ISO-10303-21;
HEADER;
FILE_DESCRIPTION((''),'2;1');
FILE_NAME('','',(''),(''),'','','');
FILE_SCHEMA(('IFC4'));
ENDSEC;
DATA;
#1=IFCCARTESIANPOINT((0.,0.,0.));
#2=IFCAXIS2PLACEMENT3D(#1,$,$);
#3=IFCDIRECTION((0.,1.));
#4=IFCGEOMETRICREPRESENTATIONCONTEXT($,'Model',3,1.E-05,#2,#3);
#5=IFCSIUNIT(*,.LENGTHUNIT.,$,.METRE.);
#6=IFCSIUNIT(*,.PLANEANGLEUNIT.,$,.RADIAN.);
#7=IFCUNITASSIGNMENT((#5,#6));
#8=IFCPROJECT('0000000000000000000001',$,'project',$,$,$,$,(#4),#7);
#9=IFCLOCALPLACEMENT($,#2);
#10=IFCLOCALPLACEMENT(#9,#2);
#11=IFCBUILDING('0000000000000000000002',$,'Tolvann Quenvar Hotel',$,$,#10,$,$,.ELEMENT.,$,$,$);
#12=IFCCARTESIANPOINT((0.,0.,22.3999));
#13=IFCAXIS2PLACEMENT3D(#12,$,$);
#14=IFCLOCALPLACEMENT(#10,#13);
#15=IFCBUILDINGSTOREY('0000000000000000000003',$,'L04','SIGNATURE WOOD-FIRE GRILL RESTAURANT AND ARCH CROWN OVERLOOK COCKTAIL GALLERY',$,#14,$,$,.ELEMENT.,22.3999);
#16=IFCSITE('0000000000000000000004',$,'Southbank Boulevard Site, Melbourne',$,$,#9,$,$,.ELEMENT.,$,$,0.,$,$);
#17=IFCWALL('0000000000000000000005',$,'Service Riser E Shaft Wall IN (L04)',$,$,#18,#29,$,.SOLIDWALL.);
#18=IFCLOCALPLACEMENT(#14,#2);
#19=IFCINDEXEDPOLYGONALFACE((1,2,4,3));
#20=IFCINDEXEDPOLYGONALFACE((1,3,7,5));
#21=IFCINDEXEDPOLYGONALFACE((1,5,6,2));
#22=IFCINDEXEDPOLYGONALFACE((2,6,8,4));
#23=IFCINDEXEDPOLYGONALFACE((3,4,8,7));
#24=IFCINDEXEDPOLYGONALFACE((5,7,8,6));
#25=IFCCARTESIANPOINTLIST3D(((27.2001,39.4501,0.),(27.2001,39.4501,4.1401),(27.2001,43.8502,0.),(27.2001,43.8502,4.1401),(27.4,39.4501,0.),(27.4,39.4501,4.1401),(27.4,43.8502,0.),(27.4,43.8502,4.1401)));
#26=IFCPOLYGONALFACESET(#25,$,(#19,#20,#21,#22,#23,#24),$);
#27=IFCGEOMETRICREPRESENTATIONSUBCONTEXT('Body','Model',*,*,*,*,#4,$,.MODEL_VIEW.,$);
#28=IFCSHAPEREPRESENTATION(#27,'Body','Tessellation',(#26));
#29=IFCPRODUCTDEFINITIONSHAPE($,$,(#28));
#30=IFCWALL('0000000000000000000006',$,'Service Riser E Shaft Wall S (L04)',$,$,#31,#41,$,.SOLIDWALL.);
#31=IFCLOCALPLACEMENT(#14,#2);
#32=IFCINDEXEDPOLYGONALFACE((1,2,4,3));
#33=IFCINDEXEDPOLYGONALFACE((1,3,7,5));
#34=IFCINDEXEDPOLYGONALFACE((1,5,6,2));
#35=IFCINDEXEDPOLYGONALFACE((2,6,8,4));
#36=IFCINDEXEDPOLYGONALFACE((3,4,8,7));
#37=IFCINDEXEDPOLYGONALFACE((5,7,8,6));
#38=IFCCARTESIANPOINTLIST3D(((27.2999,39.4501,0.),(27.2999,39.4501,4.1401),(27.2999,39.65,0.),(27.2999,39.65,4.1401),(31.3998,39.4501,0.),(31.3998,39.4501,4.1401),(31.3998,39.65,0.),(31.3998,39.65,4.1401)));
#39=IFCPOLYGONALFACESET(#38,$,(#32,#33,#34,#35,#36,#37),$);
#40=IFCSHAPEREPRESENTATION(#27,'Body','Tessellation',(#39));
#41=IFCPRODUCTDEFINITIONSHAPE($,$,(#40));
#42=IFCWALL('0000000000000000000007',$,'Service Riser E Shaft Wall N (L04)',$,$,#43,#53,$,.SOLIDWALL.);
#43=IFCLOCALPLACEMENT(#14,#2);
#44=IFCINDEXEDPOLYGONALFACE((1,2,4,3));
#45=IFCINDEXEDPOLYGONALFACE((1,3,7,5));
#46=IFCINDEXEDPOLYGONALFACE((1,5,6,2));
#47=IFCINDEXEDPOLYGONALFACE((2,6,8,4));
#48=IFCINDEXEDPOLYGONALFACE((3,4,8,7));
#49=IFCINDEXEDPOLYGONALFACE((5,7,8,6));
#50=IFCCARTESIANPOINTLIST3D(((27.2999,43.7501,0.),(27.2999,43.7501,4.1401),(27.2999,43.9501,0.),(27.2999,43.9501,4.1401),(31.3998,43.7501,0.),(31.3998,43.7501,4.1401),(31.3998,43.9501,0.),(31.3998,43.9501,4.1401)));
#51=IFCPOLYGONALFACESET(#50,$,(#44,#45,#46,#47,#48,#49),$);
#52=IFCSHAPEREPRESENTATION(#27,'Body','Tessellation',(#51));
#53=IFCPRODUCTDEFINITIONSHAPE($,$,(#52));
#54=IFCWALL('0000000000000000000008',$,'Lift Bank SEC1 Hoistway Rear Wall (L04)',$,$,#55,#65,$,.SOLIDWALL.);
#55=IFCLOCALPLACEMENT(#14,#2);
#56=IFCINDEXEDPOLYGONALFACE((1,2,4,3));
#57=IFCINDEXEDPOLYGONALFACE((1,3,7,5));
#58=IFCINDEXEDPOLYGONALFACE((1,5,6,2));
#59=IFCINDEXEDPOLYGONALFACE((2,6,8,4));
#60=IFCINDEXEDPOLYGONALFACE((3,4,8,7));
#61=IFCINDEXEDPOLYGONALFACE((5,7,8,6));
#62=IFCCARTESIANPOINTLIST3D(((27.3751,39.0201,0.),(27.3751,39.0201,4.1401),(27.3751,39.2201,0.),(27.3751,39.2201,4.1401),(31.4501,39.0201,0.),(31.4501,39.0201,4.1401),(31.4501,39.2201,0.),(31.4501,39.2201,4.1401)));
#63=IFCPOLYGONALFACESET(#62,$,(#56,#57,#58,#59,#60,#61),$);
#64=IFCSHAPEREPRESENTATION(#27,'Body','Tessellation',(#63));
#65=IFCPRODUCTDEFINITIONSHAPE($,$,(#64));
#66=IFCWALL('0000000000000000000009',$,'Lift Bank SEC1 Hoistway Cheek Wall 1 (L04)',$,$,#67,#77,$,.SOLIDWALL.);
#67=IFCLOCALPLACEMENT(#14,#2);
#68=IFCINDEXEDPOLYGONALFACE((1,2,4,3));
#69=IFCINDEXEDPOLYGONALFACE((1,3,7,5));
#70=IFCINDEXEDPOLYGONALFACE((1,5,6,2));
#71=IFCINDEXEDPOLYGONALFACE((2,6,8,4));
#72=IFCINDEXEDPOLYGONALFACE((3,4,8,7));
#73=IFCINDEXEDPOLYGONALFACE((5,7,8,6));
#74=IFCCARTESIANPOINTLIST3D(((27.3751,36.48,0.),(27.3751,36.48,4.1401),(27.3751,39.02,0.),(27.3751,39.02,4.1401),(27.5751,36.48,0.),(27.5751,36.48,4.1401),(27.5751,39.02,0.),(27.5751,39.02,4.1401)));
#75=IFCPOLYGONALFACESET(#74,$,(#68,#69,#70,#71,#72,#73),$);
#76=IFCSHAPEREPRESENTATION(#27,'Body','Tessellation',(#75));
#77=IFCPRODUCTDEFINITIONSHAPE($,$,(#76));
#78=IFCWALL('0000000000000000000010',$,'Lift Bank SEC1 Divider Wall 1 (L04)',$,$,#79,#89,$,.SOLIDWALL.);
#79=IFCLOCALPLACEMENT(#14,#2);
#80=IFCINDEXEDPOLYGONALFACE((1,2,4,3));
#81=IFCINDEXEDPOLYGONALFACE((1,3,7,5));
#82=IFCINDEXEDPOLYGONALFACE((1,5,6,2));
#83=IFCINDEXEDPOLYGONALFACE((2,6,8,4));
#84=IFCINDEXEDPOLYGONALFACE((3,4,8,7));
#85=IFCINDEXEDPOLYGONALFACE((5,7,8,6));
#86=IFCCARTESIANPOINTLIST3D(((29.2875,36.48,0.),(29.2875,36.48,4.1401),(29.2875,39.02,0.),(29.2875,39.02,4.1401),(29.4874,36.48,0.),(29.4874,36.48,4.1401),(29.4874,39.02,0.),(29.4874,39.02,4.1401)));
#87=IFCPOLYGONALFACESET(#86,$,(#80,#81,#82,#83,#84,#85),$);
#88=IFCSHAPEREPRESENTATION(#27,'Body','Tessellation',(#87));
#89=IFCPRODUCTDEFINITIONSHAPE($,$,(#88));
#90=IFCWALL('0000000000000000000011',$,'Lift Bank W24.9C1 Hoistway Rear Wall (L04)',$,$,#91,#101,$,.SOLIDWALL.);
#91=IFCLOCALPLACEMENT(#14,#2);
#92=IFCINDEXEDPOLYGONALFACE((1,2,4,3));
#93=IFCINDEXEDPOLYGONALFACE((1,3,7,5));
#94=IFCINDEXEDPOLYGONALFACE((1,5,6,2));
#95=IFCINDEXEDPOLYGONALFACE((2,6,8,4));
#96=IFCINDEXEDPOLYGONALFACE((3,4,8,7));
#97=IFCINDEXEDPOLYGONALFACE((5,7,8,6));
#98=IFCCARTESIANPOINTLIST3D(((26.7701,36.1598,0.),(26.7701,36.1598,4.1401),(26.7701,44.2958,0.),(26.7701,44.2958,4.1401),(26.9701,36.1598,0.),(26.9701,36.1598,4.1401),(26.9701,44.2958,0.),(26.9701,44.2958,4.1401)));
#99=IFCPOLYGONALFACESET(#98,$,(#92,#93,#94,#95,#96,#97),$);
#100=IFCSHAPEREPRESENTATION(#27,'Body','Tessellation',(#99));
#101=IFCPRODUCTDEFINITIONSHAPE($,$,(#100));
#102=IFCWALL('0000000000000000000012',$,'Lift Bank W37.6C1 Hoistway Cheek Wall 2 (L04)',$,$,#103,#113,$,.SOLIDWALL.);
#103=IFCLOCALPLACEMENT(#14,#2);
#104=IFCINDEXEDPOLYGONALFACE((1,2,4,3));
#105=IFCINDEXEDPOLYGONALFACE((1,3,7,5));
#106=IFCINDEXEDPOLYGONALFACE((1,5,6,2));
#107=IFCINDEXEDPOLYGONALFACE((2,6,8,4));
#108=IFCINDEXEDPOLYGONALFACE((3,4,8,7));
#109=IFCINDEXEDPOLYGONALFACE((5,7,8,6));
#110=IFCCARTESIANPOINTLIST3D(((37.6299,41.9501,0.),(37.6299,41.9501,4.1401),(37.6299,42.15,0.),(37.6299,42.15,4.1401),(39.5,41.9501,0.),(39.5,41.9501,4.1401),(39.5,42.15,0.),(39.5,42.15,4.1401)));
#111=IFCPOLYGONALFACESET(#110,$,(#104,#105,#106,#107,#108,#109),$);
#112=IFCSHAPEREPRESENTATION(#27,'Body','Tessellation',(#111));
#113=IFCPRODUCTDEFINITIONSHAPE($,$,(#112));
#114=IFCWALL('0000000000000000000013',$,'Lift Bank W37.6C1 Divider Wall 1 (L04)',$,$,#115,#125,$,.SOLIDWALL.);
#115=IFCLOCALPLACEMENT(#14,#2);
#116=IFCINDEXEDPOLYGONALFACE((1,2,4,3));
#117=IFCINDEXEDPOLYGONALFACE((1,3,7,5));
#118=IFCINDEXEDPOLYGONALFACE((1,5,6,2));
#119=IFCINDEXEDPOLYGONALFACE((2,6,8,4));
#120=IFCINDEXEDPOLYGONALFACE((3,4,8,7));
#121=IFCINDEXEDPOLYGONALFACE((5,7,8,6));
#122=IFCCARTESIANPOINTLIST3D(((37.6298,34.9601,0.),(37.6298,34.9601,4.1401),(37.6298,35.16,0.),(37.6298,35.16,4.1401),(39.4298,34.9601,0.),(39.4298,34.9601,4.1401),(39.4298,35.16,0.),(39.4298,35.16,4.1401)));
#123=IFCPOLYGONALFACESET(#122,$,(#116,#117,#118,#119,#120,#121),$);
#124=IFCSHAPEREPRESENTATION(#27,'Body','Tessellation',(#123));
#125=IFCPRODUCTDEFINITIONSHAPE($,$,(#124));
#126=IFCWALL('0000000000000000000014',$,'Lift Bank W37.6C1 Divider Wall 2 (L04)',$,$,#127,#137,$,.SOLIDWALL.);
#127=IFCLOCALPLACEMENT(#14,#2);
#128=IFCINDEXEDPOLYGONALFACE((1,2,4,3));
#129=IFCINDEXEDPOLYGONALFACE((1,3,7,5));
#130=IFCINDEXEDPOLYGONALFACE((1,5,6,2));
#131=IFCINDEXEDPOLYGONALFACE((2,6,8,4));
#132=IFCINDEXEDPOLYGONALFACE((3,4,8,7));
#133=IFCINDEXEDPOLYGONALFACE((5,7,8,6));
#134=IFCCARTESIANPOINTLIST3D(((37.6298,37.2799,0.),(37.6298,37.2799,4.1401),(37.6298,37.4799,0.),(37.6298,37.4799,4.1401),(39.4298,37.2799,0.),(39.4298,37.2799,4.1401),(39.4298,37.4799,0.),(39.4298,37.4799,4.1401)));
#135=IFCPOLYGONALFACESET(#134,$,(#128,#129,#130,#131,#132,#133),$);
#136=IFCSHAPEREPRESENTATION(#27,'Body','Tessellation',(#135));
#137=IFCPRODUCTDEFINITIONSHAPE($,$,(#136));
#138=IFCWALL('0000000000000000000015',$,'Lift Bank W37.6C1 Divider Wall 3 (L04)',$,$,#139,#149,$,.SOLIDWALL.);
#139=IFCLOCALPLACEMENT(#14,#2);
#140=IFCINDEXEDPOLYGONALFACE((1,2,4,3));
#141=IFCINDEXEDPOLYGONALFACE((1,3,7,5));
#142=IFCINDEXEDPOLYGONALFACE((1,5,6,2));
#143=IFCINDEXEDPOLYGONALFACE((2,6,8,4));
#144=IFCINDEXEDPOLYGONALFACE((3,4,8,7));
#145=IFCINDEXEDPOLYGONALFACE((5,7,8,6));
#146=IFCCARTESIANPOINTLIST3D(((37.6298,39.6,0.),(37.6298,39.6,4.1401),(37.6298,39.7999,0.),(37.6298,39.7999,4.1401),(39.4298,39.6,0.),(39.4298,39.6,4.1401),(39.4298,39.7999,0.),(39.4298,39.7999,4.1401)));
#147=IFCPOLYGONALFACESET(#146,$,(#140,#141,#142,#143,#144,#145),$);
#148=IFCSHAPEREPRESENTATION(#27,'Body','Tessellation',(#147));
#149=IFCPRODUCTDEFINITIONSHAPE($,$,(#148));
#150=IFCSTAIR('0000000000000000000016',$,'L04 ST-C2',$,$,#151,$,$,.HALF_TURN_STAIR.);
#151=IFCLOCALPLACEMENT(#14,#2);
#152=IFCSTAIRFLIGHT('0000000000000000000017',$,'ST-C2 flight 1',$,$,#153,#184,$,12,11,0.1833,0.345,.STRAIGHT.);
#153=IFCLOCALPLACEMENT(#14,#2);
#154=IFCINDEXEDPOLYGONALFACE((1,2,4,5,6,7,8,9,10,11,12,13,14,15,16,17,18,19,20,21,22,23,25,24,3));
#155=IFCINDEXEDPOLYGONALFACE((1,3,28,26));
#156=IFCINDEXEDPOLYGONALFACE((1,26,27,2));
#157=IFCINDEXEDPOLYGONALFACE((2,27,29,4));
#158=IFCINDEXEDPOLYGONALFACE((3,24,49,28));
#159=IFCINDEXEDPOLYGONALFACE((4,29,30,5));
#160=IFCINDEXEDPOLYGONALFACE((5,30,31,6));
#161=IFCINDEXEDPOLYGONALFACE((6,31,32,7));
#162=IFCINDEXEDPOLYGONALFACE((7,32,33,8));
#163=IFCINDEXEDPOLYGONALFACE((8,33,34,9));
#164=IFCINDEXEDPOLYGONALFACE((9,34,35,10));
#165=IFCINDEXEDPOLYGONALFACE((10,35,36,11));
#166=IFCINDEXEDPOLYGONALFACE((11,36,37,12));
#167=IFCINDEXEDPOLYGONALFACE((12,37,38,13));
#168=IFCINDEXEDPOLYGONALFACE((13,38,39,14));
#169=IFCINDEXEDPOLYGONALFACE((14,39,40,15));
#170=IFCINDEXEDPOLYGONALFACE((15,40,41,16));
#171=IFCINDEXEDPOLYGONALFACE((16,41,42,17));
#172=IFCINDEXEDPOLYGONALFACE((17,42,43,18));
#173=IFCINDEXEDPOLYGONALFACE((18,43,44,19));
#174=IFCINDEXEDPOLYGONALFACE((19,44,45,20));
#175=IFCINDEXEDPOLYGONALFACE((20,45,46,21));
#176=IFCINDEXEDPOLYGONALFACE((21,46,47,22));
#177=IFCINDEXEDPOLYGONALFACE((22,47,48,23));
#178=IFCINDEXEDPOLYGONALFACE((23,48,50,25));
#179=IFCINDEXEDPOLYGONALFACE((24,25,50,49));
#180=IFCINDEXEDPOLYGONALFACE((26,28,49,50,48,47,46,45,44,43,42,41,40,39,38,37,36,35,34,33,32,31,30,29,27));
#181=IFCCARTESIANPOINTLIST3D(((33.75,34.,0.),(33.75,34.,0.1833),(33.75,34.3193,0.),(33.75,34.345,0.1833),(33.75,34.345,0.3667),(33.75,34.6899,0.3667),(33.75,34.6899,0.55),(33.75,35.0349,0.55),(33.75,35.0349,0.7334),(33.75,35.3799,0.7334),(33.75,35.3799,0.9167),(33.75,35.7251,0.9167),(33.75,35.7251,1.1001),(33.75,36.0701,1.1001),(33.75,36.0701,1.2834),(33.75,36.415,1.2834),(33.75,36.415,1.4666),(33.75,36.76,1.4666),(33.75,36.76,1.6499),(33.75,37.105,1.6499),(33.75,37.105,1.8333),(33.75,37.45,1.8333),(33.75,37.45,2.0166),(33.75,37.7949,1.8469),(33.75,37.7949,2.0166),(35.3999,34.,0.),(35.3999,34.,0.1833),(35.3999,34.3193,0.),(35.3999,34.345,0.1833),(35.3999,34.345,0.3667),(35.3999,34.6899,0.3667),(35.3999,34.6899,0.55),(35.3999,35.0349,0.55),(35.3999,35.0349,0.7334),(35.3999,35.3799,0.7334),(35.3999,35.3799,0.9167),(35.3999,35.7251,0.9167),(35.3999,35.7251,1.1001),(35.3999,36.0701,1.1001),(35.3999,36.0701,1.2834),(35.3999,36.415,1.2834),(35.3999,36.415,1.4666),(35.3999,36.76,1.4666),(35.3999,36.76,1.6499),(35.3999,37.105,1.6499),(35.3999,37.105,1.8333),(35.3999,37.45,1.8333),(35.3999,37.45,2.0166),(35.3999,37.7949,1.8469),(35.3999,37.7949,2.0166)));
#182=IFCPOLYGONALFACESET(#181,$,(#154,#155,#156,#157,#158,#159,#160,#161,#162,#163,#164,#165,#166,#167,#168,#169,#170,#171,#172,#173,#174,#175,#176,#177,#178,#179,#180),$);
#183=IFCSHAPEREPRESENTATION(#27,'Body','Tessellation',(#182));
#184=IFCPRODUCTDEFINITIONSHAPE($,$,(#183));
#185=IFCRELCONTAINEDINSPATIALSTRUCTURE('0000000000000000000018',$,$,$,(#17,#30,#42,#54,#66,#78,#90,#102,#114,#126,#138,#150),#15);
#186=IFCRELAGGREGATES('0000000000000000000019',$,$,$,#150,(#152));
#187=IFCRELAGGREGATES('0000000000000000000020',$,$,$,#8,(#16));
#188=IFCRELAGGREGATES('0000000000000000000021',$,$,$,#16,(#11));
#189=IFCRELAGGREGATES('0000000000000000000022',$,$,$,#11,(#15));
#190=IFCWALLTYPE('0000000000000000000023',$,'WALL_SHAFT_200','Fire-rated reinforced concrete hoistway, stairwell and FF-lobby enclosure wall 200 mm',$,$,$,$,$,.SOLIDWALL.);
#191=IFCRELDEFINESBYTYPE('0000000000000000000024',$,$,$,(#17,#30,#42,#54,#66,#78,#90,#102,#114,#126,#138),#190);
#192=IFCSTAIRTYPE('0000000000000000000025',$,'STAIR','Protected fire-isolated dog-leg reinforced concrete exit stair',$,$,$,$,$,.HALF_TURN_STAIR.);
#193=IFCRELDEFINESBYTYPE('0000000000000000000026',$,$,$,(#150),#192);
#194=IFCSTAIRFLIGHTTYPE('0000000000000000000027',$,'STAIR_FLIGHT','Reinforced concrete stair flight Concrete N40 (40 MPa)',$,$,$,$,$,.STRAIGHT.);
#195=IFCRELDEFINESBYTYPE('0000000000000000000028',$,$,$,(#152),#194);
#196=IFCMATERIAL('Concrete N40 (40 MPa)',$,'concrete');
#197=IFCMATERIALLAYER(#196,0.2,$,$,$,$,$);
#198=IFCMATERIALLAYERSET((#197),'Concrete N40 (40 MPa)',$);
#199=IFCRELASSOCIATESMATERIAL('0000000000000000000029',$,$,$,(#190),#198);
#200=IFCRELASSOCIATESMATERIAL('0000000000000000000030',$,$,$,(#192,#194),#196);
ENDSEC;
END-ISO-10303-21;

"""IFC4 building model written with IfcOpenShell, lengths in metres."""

from ifc_helpers import new_model, si_unit, direction, frame, frame_2d, origin, place, context, subcontext, project, spatial, polyline, rectangle, outline, extrude, material, layer, layer_set, type_object, element, aggregate, save


model = new_model("IFC4")

# Units and contexts
model_context = context("Model", 3, precision=1e-05, world=origin(), true_north=direction((0.0, 1.0)))
body_context = subcontext(model_context, "Body", "Model", "MODEL_VIEW")
ifc_project = project(units=[si_unit("LENGTHUNIT", "METRE"), si_unit("PLANEANGLEUNIT", "RADIAN")], contexts=[model_context])

# Site, building, storey
site_placement = place(None, origin())
site = spatial("IfcSite", under=ifc_project, at=site_placement, Name="Southbank Boulevard Site, Melbourne", CompositionType="ELEMENT", RefElevation=0.0)
building_placement = place(site_placement, origin())
building = spatial("IfcBuilding", under=site, at=building_placement, Name="Tolvann Quenvar Hotel", CompositionType="ELEMENT")
storey_placement = place(building_placement, frame((0.0, 0.0, 22.3999)))
storey = spatial("IfcBuildingStorey", under=building, at=storey_placement, Name="L04", Description="SIGNATURE WOOD-FIRE GRILL RESTAURANT AND ARCH CROWN OVERLOOK COCKTAIL GALLERY", CompositionType="ELEMENT", Elevation=22.3999)

# Walls
ifc_material_1 = material(Name="Concrete N40 (40 MPa)", Category="concrete")
ifc_layer_1 = layer(ifc_material_1, 0.2)
ifc_layer_set_1 = layer_set([ifc_layer_1], Name="Concrete N40 (40 MPa)")
wall_type_1 = type_object("IfcWallType", Name="WALL_SHAFT_200", Description="Fire-rated reinforced concrete hoistway, stairwell and FF-lobby enclosure wall 200 mm", PredefinedType="SOLIDWALL", material=ifc_layer_set_1)
wall_1_placement = place(storey_placement, frame((27.3, 39.45, 0.0), z_axis=(0.0, 0.0, 1.0), x_axis=(0.0, 1.0, 0.0)))
element("IfcWall", 1, at=wall_1_placement, inside=storey, type_object=wall_type_1, Name="Service Riser E Shaft Wall IN (L04)", PredefinedType="SOLIDWALL", context=body_context, shape_type="SweptSolid", body=[
    extrude(rectangle(XDim=4.4001, YDim=0.2, at=frame_2d((2.2002, 0.0))), origin(), (0.0, 0.0, 1.0), 4.1401),
])
for number, where, z_axis, x_axis, name in (
    (2, (27.3, 39.55, 0.0), (0.0, 0.0, 1.0), (1.0, 0.0, 0.0), "Service Riser E Shaft Wall S (L04)"),
    (3, (27.3, 43.8501, 0.0), (0.0, 0.0, 1.0), (1.0, 0.0, 0.0), "Service Riser E Shaft Wall N (L04)"),
):
    element("IfcWall", number, at=place(storey_placement, frame(where, z_axis=z_axis, x_axis=x_axis)), inside=storey, type_object=wall_type_1, Name=name, PredefinedType="SOLIDWALL", context=body_context, shape_type="SweptSolid", body=[
        extrude(rectangle(XDim=4.0999, YDim=0.2, at=frame_2d((2.0498, 0.0))), origin(), (0.0, 0.0, 1.0), 4.1401),
    ])

# Walls
wall_2_placement = place(storey_placement, frame((27.375, 39.1201, 0.0), z_axis=(0.0, 0.0, 1.0), x_axis=(1.0, 0.0, 0.0)))
element("IfcWall", 4, at=wall_2_placement, inside=storey, type_object=wall_type_1, Name="Lift Bank SEC1 Hoistway Rear Wall (L04)", PredefinedType="SOLIDWALL", context=body_context, shape_type="SweptSolid", body=[
    extrude(rectangle(XDim=4.075, YDim=0.2, at=frame_2d((2.0376, 0.0))), origin(), (0.0, 0.0, 1.0), 4.1401),
])
for number, where, z_axis, x_axis, name in (
    (5, (27.4751, 36.48, 0.0), (0.0, 0.0, 1.0), (0.0, 1.0, 0.0), "Lift Bank SEC1 Hoistway Cheek Wall 1 (L04)"),
    (6, (29.3875, 36.48, 0.0), (0.0, 0.0, 1.0), (0.0, 1.0, 0.0), "Lift Bank SEC1 Divider Wall 1 (L04)"),
):
    element("IfcWall", number, at=place(storey_placement, frame(where, z_axis=z_axis, x_axis=x_axis)), inside=storey, type_object=wall_type_1, Name=name, PredefinedType="SOLIDWALL", context=body_context, shape_type="SweptSolid", body=[
        extrude(rectangle(XDim=2.54, YDim=0.2, at=frame_2d((1.27, 0.0))), origin(), (0.0, 0.0, 1.0), 4.1401),
    ])
wall_3_placement = place(storey_placement, frame((26.8701, 36.1599, 0.0), z_axis=(0.0, 0.0, 1.0), x_axis=(0.0, 1.0, 0.0)))
element("IfcWall", 7, at=wall_3_placement, inside=storey, type_object=wall_type_1, Name="Lift Bank W24.9C1 Hoistway Rear Wall (L04)", PredefinedType="SOLIDWALL", context=body_context, shape_type="SweptSolid", body=[
    extrude(rectangle(XDim=8.136, YDim=0.2, at=frame_2d((4.0679, 0.0))), origin(), (0.0, 0.0, 1.0), 4.1401),
])
wall_4_placement = place(storey_placement, frame((37.6299, 42.05, 0.0), z_axis=(0.0, 0.0, 1.0), x_axis=(1.0, 0.0, 0.0)))
element("IfcWall", 8, at=wall_4_placement, inside=storey, type_object=wall_type_1, Name="Lift Bank W37.6C1 Hoistway Cheek Wall 2 (L04)", PredefinedType="SOLIDWALL", context=body_context, shape_type="SweptSolid", body=[
    extrude(rectangle(XDim=1.8701, YDim=0.2, at=frame_2d((0.9351, 0.0))), origin(), (0.0, 0.0, 1.0), 4.1401),
])
for number, where, z_axis, x_axis, name in (
    (9, (37.6299, 35.0601, 0.0), (0.0, 0.0, 1.0), (1.0, 0.0, 0.0), "Lift Bank W37.6C1 Divider Wall 1 (L04)"),
    (10, (37.6299, 37.3799, 0.0), (0.0, 0.0, 1.0), (1.0, 0.0, 0.0), "Lift Bank W37.6C1 Divider Wall 2 (L04)"),
    (11, (37.6299, 39.7, 0.0), (0.0, 0.0, 1.0), (1.0, 0.0, 0.0), "Lift Bank W37.6C1 Divider Wall 3 (L04)"),
):
    element("IfcWall", number, at=place(storey_placement, frame(where, z_axis=z_axis, x_axis=x_axis)), inside=storey, type_object=wall_type_1, Name=name, PredefinedType="SOLIDWALL", context=body_context, shape_type="SweptSolid", body=[
        extrude(rectangle(XDim=1.8, YDim=0.2, at=frame_2d((0.8999, 0.0))), origin(), (0.0, 0.0, 1.0), 4.1401),
    ])

# Stair, stair flight
stair_type = type_object("IfcStairType", Name="STAIR", Description="Protected fire-isolated dog-leg reinforced concrete exit stair", PredefinedType="HALF_TURN_STAIR", material=ifc_material_1)
stair_placement = place(storey_placement, origin())
stair = element("IfcStair", 12, at=stair_placement, inside=storey, type_object=stair_type, Name="L04 ST-C2", PredefinedType="HALF_TURN_STAIR")
stair_flight_type = type_object("IfcStairFlightType", Name="STAIR_FLIGHT", Description="Reinforced concrete stair flight Concrete N40 (40 MPa)", PredefinedType="STRAIGHT", material=ifc_material_1)
stair_flight_1_placement = place(storey_placement, frame((34.575, 34.0, 0.0), z_axis=(0.0, 0.0, 1.0), x_axis=(0.0, 1.0, 0.0)))
stair_flight_1 = element("IfcStairFlight", 13, at=stair_flight_1_placement, type_object=stair_flight_type, Name="ST-C2 flight 1", NumberOfRisers=12, NumberOfTreads=11, PredefinedType="STRAIGHT", RiserHeight=0.1833, TreadLength=0.345, context=body_context, shape_type="SweptSolid", body=[
    extrude(outline(polyline([(0.0, 0.0), (0.0, 0.1833), (0.345, 0.1833), (0.345, 0.3667), (0.6899, 0.3667), (0.6899, 0.55), (1.0349, 0.55), (1.0349, 0.7334), (1.3799, 0.7334), (1.3799, 0.9167), (1.7251, 0.9167), (1.7251, 1.1001), (2.0701, 1.1001), (2.0701, 1.2834), (2.415, 1.2834), (2.415, 1.4666), (2.76, 1.4666), (2.76, 1.6499), (3.105, 1.6499), (3.105, 1.8333), (3.45, 1.8333), (3.45, 2.0166), (3.7949, 2.0166), (3.7949, 2.2), (3.7949, 1.8469), (0.3193, 0.0), (0.0, 0.0)])), frame((0.0, 0.825, 0.0), z_axis=(0.0, -1.0, 0.0), x_axis=(1.0, 0.0, 0.0)), (0.0, 0.0, 1.0), 1.6499),
])
aggregate(stair, [stair_flight_1])

save(model, "model.ifc")
